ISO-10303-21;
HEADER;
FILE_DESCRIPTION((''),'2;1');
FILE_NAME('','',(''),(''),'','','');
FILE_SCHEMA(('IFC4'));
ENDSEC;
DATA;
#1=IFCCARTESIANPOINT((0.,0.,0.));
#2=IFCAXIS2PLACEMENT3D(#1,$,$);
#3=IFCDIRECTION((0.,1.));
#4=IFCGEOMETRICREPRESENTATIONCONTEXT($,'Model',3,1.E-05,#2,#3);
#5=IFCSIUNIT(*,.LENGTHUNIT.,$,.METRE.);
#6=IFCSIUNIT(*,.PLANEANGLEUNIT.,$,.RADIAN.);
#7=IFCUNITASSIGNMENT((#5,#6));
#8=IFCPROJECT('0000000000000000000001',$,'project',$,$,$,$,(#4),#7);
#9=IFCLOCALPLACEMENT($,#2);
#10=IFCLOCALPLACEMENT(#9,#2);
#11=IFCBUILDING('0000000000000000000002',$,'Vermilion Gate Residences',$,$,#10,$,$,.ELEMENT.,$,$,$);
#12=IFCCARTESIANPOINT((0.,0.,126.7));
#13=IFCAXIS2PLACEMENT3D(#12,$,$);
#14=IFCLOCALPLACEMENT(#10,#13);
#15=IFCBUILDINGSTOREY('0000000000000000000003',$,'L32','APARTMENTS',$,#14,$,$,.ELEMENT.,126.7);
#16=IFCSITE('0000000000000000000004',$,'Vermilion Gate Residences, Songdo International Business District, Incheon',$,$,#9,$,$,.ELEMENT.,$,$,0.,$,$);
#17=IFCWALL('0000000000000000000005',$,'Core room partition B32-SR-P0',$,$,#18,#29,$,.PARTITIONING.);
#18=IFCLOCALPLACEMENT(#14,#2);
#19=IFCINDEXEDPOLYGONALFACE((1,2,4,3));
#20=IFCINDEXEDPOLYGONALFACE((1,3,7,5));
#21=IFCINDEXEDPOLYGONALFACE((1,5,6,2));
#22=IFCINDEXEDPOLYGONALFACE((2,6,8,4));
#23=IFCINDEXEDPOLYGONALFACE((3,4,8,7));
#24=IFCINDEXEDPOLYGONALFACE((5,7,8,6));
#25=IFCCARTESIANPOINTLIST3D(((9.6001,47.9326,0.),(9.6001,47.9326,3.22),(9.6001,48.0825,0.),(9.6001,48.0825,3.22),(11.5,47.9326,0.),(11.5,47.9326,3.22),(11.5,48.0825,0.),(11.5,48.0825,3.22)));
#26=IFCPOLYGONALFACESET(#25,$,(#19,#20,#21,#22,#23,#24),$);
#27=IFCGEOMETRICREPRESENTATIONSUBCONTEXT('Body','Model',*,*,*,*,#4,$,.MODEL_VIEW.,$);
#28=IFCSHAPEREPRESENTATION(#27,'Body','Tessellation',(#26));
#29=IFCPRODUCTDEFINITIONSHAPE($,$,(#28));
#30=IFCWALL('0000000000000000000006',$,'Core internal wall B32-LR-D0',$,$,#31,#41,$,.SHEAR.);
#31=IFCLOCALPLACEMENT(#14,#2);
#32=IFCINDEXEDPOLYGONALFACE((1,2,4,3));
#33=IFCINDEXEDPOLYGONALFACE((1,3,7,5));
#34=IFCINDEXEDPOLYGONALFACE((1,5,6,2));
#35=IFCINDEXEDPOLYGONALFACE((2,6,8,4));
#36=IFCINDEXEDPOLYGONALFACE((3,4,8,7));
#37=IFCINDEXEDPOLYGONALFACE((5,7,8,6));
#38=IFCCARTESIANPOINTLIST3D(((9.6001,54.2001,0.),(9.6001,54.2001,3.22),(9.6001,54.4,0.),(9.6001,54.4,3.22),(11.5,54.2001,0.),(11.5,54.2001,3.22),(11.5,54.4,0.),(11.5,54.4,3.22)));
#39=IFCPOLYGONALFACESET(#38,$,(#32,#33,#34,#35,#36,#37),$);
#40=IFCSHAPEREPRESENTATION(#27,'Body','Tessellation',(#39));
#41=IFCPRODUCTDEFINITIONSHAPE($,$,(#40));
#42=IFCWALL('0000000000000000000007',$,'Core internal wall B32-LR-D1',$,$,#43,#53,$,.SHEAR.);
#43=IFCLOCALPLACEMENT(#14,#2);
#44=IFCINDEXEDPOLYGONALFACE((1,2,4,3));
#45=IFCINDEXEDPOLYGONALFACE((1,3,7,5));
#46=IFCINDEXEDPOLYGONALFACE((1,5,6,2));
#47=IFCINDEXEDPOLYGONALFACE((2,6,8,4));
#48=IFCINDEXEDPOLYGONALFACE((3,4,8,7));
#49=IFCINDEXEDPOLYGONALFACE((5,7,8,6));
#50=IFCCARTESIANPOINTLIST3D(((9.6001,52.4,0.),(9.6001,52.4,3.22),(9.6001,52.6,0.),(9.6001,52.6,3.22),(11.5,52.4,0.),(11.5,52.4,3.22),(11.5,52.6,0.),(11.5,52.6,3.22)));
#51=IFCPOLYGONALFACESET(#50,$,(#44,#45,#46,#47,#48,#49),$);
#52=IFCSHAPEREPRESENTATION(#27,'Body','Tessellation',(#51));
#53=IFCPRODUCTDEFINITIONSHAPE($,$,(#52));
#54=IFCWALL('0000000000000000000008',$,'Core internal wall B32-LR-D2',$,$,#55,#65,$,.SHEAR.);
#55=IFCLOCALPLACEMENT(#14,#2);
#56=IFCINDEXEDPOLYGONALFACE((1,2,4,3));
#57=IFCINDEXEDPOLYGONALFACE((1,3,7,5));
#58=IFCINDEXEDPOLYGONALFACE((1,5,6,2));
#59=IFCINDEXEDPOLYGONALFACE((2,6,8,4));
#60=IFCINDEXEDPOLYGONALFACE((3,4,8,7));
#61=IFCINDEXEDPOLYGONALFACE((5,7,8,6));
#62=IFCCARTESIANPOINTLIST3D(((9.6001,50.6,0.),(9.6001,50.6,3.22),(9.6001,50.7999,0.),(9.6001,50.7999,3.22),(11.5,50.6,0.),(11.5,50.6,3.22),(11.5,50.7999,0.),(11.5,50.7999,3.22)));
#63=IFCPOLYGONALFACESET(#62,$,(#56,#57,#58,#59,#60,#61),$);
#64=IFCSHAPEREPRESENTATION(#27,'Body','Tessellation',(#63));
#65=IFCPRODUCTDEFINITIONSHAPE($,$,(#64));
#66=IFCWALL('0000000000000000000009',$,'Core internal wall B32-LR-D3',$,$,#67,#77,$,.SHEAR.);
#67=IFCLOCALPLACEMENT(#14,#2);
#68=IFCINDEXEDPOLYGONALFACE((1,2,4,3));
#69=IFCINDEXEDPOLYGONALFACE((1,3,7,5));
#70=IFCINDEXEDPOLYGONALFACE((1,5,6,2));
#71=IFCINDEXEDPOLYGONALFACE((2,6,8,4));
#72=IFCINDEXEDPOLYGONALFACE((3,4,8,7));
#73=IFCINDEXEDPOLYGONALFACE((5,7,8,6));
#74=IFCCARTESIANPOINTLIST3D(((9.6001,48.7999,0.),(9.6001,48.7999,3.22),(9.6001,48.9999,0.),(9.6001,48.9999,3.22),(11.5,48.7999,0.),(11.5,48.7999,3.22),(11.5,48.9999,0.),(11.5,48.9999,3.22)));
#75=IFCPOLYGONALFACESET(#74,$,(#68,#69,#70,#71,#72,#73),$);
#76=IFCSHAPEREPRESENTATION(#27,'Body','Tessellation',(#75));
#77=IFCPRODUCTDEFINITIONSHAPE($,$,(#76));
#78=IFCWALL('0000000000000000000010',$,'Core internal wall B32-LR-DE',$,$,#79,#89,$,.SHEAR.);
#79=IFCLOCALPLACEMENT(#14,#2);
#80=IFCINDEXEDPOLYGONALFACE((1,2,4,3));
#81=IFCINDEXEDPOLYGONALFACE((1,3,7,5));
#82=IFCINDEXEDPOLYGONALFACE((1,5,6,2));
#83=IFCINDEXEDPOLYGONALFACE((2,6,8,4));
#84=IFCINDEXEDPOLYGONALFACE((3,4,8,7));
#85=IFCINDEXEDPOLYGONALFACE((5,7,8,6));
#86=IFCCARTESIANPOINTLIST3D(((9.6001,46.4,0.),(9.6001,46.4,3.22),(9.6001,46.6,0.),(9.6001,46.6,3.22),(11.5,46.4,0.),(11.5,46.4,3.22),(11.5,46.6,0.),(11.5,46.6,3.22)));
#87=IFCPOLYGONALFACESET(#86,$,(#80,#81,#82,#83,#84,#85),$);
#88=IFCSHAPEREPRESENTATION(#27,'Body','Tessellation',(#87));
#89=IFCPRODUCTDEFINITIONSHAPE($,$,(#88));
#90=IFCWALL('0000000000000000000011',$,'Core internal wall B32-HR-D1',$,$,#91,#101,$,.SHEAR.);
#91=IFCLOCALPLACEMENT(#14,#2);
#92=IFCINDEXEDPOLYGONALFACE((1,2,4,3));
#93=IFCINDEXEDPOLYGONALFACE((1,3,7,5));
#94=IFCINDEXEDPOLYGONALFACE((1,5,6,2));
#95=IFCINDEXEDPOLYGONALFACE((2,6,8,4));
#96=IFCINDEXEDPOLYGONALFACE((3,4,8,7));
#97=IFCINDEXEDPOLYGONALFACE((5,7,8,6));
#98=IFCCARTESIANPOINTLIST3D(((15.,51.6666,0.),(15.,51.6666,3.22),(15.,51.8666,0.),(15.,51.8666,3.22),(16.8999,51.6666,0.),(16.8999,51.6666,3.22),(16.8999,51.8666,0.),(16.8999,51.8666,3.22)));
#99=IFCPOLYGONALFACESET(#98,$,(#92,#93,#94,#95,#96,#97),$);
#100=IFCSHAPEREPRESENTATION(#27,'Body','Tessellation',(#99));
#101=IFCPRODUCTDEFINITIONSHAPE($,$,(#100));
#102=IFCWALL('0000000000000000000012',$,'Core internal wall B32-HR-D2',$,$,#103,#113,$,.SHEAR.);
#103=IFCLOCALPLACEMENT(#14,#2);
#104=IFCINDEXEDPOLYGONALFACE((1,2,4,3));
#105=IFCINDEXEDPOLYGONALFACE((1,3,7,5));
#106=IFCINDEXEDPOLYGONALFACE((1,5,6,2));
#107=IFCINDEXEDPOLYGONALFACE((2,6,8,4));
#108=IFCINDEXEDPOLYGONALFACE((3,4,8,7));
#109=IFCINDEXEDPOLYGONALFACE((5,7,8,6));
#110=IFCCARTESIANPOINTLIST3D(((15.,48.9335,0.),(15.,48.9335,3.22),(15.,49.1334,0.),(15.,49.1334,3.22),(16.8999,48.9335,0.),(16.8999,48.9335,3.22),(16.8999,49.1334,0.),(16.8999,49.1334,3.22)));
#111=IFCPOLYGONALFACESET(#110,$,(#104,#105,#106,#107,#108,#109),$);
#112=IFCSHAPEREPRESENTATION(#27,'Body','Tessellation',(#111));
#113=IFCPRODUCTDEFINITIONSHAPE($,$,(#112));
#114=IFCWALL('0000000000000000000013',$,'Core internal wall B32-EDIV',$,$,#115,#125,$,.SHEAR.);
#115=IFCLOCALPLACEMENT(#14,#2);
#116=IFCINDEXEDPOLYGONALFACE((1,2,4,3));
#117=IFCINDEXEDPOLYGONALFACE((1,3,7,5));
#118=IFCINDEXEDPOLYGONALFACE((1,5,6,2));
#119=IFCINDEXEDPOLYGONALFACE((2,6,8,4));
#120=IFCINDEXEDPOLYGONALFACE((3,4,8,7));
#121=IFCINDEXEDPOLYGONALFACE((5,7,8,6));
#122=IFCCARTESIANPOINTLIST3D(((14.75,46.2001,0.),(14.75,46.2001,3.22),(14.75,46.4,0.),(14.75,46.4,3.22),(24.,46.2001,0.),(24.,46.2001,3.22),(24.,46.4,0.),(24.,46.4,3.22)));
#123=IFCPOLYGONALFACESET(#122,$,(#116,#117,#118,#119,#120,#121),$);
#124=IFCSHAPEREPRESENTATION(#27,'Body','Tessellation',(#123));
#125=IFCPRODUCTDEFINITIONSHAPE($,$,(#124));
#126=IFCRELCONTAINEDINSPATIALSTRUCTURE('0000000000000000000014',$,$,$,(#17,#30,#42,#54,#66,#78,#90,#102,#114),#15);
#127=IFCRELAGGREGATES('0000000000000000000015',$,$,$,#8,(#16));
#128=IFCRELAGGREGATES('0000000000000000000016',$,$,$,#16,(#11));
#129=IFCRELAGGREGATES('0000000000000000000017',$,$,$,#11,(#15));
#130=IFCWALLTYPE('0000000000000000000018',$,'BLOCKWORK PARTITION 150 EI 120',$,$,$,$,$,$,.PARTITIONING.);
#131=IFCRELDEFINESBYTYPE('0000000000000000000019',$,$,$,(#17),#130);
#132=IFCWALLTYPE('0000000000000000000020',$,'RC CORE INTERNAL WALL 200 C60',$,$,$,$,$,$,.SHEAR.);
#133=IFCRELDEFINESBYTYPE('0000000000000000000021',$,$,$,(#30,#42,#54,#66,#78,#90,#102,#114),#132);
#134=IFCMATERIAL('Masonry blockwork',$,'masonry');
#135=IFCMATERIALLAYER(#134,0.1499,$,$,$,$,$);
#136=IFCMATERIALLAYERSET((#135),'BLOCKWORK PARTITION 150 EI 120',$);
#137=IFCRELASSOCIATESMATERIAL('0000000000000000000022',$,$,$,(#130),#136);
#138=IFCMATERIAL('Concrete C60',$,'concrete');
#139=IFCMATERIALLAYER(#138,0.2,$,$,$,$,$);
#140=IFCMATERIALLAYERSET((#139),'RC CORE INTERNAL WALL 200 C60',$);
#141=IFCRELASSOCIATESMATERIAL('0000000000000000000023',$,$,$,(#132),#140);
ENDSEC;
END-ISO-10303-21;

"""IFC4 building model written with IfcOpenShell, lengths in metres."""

from ifc_helpers import new_model, si_unit, direction, frame, frame_2d, origin, place, context, subcontext, project, spatial, rectangle, extrude, material, layer, layer_set, type_object, element, save


model = new_model("IFC4")

# Units and contexts
model_context = context("Model", 3, precision=1e-05, world=origin(), true_north=direction((0.0, 1.0)))
body_context = subcontext(model_context, "Body", "Model", "MODEL_VIEW")
ifc_project = project(units=[si_unit("LENGTHUNIT", "METRE"), si_unit("PLANEANGLEUNIT", "RADIAN")], contexts=[model_context])

# Site, building, storey
site_placement = place(None, origin())
site = spatial("IfcSite", under=ifc_project, at=site_placement, Name="Vermilion Gate Residences, Songdo International Business District, Incheon", CompositionType="ELEMENT", RefElevation=0.0)
building_placement = place(site_placement, origin())
building = spatial("IfcBuilding", under=site, at=building_placement, Name="Vermilion Gate Residences", CompositionType="ELEMENT")
storey_placement = place(building_placement, frame((0.0, 0.0, 126.7)))
storey = spatial("IfcBuildingStorey", under=building, at=storey_placement, Name="L32", Description="APARTMENTS", CompositionType="ELEMENT", Elevation=126.7)

# Walls
ifc_material_1 = material(Name="Masonry blockwork", Category="masonry")
ifc_layer_1 = layer(ifc_material_1, 0.1499)
ifc_layer_set_1 = layer_set([ifc_layer_1], Name="BLOCKWORK PARTITION 150 EI 120")
wall_type_1 = type_object("IfcWallType", Name="BLOCKWORK PARTITION 150 EI 120", PredefinedType="PARTITIONING", material=ifc_layer_set_1)
wall_1_placement = place(storey_placement, frame((9.6001, 48.0076, 0.0), z_axis=(0.0, 0.0, 1.0), x_axis=(1.0, 0.0, 0.0)))
element("IfcWall", 1, at=wall_1_placement, inside=storey, type_object=wall_type_1, Name="Core room partition B32-SR-P0", PredefinedType="PARTITIONING", context=body_context, shape_type="SweptSolid", body=[
    extrude(rectangle(XDim=1.8999, YDim=0.1499, at=frame_2d((0.95, 0.0))), origin(), (0.0, 0.0, 1.0), 3.22),
])
ifc_material_2 = material(Name="Concrete C60", Category="concrete")
ifc_layer_2 = layer(ifc_material_2, 0.2)
ifc_layer_set_2 = layer_set([ifc_layer_2], Name="RC CORE INTERNAL WALL 200 C60")
wall_type_2 = type_object("IfcWallType", Name="RC CORE INTERNAL WALL 200 C60", PredefinedType="SHEAR", material=ifc_layer_set_2)
for number, where, z_axis, x_axis, name in (
    (2, (9.6001, 54.3, 0.0), (0.0, 0.0, 1.0), (1.0, 0.0, 0.0), "Core internal wall B32-LR-D0"),
    (3, (9.6001, 52.5, 0.0), (0.0, 0.0, 1.0), (1.0, 0.0, 0.0), "Core internal wall B32-LR-D1"),
    (4, (9.6001, 50.7, 0.0), (0.0, 0.0, 1.0), (1.0, 0.0, 0.0), "Core internal wall B32-LR-D2"),
    (5, (9.6001, 48.8999, 0.0), (0.0, 0.0, 1.0), (1.0, 0.0, 0.0), "Core internal wall B32-LR-D3"),
    (6, (9.6001, 46.5, 0.0), (0.0, 0.0, 1.0), (1.0, 0.0, 0.0), "Core internal wall B32-LR-DE"),
    (7, (15.0, 51.7666, 0.0), (0.0, 0.0, 1.0), (1.0, 0.0, 0.0), "Core internal wall B32-HR-D1"),
    (8, (15.0, 49.0334, 0.0), (0.0, 0.0, 1.0), (1.0, 0.0, 0.0), "Core internal wall B32-HR-D2"),
):
    element("IfcWall", number, at=place(storey_placement, frame(where, z_axis=z_axis, x_axis=x_axis)), inside=storey, type_object=wall_type_2, Name=name, PredefinedType="SHEAR", context=body_context, shape_type="SweptSolid", body=[
        extrude(rectangle(XDim=1.8999, YDim=0.2, at=frame_2d((0.95, 0.0))), origin(), (0.0, 0.0, 1.0), 3.22),
    ])
wall_2_placement = place(storey_placement, frame((14.75, 46.3, 0.0), z_axis=(0.0, 0.0, 1.0), x_axis=(1.0, 0.0, 0.0)))
element("IfcWall", 9, at=wall_2_placement, inside=storey, type_object=wall_type_2, Name="Core internal wall B32-EDIV", PredefinedType="SHEAR", context=body_context, shape_type="SweptSolid", body=[
    extrude(rectangle(XDim=9.25, YDim=0.2, at=frame_2d((4.625, 0.0))), origin(), (0.0, 0.0, 1.0), 3.22),
])

save(model, "model.ifc")
